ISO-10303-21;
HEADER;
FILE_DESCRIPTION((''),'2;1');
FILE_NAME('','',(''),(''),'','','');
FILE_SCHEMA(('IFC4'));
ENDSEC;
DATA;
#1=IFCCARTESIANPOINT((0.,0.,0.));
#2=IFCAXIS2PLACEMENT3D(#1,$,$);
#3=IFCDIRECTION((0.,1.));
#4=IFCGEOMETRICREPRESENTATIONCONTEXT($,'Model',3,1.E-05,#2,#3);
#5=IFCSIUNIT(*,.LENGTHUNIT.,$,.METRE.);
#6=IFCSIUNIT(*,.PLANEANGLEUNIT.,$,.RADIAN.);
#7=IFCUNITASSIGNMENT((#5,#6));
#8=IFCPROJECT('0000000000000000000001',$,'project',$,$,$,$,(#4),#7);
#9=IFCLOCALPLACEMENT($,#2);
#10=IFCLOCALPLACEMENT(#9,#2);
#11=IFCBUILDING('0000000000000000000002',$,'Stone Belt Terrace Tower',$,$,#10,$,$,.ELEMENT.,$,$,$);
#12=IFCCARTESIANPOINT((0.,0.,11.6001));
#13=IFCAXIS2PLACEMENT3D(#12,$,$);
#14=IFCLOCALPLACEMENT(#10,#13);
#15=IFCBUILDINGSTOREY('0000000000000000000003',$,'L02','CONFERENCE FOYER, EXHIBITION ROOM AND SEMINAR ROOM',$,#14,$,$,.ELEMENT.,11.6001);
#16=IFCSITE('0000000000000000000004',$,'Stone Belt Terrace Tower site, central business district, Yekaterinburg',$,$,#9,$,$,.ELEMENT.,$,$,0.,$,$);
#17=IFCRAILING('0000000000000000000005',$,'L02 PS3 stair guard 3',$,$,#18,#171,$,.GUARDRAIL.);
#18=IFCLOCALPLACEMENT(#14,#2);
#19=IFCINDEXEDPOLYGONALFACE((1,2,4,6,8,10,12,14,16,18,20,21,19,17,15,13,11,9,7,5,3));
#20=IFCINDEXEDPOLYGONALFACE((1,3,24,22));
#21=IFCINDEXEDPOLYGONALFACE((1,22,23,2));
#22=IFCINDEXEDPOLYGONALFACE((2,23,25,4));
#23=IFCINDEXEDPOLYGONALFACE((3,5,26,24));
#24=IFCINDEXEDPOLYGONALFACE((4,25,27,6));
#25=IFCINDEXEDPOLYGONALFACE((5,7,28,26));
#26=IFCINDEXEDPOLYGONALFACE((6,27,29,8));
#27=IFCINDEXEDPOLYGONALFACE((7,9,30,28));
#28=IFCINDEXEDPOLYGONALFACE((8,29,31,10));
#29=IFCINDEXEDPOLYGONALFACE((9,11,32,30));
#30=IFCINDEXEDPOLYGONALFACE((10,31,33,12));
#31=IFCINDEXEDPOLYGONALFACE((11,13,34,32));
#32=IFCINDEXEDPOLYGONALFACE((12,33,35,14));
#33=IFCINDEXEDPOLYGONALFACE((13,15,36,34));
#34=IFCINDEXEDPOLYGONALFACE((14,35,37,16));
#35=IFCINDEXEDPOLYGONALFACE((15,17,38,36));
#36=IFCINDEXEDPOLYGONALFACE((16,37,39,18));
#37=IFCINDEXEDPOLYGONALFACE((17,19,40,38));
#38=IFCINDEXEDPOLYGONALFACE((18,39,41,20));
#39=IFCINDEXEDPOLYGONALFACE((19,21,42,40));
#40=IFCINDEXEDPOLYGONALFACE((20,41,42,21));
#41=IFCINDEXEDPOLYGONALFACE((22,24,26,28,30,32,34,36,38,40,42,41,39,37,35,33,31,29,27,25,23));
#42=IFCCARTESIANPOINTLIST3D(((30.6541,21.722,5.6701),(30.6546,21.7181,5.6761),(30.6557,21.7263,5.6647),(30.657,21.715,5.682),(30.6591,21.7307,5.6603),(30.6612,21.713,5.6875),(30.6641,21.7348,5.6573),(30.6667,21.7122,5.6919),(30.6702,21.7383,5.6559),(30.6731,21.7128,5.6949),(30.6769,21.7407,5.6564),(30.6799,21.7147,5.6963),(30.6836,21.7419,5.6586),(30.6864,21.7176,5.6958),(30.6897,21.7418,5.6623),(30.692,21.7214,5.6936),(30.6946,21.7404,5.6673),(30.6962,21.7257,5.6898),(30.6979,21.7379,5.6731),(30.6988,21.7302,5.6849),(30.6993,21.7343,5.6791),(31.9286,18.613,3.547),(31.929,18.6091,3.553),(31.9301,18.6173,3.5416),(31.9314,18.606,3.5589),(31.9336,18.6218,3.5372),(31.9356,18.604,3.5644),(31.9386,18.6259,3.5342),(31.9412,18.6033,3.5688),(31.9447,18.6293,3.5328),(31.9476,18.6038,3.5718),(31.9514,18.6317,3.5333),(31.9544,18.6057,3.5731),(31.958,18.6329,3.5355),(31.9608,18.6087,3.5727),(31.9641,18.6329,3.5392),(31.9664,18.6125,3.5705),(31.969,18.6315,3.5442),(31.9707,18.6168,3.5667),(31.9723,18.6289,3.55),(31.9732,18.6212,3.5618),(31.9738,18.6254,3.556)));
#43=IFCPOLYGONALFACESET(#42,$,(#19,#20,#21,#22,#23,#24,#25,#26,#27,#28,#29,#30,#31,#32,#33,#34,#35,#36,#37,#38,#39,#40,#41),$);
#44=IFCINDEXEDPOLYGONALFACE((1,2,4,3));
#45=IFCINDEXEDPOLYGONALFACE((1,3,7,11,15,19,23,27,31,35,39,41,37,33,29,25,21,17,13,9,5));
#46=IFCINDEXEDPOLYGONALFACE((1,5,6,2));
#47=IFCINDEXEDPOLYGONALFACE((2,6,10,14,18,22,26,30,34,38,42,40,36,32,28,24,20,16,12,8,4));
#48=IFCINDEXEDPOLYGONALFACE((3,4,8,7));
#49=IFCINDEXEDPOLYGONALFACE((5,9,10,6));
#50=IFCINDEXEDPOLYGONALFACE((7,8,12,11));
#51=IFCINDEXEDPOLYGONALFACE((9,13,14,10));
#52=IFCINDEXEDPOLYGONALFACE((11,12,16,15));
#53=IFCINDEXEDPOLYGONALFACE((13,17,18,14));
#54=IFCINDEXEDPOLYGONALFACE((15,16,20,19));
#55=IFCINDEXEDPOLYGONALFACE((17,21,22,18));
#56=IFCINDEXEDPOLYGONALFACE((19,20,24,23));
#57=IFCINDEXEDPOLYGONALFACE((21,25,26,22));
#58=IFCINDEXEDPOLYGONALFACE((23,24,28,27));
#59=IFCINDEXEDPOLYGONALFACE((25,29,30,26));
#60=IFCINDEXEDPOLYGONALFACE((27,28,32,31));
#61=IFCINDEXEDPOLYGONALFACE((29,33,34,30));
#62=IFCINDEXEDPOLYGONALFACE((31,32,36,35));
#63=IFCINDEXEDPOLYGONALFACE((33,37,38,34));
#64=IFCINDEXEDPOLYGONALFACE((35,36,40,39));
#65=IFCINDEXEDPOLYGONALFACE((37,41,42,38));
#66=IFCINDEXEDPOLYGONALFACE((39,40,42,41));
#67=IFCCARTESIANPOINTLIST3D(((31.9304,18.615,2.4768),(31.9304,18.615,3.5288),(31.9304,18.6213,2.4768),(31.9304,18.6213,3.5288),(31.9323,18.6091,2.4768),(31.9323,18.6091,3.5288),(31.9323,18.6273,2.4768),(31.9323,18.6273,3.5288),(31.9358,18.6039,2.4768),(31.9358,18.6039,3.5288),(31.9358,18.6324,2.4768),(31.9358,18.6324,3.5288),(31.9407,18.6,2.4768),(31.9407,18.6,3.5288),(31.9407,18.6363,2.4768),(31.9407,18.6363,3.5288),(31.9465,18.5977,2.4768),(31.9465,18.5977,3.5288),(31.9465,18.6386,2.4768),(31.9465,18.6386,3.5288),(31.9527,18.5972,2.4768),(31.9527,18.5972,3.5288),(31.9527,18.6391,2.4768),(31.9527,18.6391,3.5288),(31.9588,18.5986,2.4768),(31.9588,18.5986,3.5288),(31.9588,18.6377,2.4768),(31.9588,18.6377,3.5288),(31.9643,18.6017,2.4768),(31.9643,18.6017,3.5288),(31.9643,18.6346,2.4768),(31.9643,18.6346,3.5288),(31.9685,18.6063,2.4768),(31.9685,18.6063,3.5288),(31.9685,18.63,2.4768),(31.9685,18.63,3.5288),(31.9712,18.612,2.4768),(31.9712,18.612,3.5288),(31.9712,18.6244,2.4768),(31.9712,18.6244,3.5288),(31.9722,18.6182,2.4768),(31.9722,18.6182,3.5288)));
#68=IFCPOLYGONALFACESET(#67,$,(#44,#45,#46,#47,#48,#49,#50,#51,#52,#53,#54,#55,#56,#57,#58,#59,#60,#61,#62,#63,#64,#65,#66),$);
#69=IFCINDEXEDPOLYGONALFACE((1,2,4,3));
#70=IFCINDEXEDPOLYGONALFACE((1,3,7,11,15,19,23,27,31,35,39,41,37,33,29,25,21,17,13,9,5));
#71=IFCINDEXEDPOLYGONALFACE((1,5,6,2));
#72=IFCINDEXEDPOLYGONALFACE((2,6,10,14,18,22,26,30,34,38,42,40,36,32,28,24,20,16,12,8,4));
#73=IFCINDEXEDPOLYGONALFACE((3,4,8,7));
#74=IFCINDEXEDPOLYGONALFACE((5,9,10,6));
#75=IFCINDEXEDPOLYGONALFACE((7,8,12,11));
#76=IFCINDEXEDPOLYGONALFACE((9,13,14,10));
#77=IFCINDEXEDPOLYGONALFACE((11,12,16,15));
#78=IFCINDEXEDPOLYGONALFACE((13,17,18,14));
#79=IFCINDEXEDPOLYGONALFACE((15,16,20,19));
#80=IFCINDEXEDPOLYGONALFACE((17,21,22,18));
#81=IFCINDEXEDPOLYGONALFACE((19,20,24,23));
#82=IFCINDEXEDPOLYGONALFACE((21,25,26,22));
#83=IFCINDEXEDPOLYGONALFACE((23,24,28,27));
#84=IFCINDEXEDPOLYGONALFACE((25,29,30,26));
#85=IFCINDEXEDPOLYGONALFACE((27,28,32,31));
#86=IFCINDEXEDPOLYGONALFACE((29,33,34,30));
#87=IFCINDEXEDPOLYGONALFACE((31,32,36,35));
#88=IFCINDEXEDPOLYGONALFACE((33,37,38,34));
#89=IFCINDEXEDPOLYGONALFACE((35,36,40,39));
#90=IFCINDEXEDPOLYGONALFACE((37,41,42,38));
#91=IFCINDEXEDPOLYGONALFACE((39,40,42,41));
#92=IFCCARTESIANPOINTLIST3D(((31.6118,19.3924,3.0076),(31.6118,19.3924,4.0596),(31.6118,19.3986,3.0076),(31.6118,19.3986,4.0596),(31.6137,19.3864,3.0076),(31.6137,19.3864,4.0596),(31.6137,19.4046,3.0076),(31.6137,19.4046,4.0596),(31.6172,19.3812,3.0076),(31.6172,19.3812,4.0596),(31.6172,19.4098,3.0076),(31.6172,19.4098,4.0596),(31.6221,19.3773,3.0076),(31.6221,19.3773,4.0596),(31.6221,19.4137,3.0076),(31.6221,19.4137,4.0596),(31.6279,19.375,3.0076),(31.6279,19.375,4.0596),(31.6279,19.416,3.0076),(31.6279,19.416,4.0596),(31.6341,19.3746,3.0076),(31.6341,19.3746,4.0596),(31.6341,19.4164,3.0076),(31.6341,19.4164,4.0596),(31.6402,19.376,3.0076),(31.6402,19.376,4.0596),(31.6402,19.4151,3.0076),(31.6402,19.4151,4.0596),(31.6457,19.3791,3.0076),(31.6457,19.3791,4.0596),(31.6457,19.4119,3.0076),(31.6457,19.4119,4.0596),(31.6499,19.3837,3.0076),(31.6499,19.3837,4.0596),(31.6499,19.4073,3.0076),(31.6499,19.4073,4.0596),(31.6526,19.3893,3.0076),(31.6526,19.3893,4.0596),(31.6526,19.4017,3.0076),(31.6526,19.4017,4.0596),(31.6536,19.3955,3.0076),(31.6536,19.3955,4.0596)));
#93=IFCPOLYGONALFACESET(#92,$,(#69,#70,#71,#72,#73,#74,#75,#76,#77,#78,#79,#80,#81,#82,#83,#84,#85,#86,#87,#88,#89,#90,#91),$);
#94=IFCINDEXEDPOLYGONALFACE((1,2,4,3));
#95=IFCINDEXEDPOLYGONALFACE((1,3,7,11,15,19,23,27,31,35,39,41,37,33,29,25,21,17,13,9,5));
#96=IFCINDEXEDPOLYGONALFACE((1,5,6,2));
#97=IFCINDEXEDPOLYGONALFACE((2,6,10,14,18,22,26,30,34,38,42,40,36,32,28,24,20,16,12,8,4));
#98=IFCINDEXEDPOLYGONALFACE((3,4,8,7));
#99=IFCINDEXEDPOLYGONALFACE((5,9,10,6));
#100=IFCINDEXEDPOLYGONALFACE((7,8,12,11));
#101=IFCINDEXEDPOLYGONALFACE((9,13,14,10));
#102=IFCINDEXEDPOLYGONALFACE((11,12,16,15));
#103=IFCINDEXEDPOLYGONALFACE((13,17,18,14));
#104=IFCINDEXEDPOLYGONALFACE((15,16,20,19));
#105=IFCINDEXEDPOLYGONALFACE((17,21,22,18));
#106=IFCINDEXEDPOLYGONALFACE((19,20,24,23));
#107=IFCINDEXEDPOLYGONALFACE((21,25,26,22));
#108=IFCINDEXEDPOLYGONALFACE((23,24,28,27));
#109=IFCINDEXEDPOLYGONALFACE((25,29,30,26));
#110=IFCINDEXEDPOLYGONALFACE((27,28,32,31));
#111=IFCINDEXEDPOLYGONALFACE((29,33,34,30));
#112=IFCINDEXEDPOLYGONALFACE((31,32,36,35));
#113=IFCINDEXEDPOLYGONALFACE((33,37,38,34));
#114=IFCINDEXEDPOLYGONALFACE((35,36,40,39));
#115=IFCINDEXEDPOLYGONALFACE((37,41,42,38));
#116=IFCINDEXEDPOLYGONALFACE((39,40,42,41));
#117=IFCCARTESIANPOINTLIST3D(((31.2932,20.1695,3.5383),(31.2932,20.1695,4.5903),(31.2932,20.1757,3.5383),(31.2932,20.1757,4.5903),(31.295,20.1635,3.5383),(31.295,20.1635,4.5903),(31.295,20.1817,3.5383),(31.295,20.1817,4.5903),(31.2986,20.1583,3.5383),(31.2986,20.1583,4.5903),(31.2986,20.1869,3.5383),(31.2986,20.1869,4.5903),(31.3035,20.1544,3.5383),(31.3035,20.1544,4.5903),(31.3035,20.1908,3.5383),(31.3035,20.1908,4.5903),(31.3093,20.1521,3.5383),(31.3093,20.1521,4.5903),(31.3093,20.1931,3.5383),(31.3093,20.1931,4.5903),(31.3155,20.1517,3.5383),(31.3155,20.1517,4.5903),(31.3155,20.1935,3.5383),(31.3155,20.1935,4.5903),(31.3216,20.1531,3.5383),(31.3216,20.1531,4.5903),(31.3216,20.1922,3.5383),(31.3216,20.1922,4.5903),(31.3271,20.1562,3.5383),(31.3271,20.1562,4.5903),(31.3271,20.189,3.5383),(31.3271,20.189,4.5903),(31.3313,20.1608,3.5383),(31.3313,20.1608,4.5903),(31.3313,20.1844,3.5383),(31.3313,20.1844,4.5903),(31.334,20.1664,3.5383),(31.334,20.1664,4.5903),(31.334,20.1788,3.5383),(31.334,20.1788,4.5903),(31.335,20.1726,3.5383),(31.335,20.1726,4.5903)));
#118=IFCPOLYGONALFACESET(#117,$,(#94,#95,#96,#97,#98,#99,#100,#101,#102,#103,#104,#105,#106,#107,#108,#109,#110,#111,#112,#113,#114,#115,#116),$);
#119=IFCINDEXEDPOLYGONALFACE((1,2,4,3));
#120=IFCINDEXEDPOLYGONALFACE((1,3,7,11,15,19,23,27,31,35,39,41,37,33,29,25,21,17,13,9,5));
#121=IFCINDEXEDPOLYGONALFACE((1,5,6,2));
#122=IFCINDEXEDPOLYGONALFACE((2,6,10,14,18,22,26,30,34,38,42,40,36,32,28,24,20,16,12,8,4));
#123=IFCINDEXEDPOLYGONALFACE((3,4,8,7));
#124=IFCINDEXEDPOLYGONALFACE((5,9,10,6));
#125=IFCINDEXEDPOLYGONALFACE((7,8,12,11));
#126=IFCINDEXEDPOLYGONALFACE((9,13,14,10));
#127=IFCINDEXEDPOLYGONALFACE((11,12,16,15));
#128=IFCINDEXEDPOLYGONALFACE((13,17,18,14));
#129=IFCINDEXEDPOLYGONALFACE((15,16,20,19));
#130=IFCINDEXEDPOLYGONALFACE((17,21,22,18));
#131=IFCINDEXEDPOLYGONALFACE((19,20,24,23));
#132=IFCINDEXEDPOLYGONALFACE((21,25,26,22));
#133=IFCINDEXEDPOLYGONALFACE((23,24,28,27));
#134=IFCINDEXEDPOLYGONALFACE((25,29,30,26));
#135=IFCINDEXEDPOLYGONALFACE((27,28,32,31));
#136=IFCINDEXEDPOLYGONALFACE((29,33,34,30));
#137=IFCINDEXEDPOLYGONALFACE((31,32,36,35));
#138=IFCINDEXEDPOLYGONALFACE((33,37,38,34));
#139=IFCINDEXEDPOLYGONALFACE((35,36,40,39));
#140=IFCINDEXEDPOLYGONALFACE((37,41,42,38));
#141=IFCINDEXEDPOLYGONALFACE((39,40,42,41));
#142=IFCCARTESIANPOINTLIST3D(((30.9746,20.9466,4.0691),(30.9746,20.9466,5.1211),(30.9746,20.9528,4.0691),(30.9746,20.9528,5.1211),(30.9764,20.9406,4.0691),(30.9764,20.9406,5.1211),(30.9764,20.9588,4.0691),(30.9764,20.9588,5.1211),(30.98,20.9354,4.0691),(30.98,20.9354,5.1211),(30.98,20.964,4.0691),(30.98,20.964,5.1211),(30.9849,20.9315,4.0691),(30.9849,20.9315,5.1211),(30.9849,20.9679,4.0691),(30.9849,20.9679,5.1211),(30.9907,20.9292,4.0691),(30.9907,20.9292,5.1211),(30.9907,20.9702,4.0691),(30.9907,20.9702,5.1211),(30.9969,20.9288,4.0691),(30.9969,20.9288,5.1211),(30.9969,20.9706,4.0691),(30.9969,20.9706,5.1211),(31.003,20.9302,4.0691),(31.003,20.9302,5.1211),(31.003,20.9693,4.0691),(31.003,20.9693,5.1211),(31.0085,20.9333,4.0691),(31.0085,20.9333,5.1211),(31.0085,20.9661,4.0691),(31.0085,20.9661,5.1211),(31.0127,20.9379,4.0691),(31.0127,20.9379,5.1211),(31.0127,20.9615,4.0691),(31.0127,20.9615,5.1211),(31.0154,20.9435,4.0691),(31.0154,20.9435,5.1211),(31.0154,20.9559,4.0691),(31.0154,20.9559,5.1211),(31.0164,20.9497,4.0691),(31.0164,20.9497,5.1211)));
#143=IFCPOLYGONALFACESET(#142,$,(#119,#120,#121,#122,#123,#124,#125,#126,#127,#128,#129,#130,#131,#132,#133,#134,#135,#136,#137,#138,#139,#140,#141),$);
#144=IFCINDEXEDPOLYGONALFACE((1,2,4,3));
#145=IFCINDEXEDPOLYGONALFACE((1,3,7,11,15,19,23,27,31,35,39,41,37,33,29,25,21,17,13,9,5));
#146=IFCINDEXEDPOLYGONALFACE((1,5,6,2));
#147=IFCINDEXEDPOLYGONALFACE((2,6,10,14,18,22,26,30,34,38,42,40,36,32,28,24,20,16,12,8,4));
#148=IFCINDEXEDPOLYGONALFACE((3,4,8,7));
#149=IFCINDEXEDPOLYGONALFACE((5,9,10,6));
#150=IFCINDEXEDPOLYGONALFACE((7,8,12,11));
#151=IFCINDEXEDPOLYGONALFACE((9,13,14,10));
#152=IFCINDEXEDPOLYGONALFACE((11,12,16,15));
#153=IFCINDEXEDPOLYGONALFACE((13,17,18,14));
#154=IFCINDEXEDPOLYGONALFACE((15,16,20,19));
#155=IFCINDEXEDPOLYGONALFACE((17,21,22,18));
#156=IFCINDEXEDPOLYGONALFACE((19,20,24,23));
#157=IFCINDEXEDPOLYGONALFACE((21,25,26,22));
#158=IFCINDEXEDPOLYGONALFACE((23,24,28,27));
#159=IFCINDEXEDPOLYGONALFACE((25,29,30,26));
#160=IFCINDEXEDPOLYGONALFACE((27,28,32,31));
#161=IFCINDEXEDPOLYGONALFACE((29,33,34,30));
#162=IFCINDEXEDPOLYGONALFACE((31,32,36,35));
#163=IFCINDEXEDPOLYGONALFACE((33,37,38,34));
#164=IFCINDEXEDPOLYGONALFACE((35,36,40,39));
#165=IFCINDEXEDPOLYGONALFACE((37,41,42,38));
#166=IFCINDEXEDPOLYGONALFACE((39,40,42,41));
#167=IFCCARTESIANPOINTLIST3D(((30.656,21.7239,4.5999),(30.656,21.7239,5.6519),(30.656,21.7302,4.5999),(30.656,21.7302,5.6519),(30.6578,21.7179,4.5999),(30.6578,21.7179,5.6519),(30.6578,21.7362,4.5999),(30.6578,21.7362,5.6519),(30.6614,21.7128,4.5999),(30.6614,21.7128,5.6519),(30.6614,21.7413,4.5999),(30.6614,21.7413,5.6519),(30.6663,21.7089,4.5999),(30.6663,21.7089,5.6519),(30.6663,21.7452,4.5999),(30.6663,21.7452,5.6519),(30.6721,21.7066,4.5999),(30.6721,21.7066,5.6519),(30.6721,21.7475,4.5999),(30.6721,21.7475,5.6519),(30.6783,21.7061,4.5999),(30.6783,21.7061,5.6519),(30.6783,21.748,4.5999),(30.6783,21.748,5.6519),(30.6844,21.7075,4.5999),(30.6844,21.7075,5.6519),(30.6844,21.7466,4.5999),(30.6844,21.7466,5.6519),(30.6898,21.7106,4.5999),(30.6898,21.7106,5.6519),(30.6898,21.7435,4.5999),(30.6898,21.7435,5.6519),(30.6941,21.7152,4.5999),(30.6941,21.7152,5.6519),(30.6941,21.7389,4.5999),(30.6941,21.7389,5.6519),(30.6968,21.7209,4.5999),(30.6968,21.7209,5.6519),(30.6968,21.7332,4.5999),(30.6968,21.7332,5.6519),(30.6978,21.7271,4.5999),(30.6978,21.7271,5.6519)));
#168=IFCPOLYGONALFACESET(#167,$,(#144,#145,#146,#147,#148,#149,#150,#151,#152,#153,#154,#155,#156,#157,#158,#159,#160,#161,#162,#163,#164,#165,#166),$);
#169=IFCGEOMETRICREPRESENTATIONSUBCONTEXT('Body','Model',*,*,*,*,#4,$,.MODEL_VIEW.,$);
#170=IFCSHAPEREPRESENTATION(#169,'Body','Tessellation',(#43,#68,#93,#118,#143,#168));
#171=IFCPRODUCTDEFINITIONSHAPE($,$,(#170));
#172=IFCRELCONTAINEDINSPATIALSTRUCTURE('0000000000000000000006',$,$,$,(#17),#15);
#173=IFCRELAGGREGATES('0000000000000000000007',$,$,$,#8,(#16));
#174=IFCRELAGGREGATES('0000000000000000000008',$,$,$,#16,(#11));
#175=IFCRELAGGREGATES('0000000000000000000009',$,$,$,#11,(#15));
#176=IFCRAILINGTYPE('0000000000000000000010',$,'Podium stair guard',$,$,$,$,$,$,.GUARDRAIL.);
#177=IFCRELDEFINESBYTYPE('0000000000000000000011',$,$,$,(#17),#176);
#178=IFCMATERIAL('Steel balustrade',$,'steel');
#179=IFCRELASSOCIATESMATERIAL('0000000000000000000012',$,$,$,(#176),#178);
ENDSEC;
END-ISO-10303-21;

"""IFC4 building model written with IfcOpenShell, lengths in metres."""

from ifc_helpers import new_model, si_unit, direction, frame, origin, origin_2d, place, context, subcontext, project, spatial, circle, extrude, material, type_object, element, save


model = new_model("IFC4")

# Units and contexts
model_context = context("Model", 3, precision=1e-05, world=origin(), true_north=direction((0.0, 1.0)))
body_context = subcontext(model_context, "Body", "Model", "MODEL_VIEW")
ifc_project = project(units=[si_unit("LENGTHUNIT", "METRE"), si_unit("PLANEANGLEUNIT", "RADIAN")], contexts=[model_context])

# Site, building, storey
site_placement = place(None, origin())
site = spatial("IfcSite", under=ifc_project, at=site_placement, Name="Stone Belt Terrace Tower site, central business district, Yekaterinburg", CompositionType="ELEMENT", RefElevation=0.0)
building_placement = place(site_placement, origin())
building = spatial("IfcBuilding", under=site, at=building_placement, Name="Stone Belt Terrace Tower", CompositionType="ELEMENT")
storey_placement = place(building_placement, frame((0.0, 0.0, 11.6001)))
storey = spatial("IfcBuildingStorey", under=building, at=storey_placement, Name="L02", Description="CONFERENCE FOYER, EXHIBITION ROOM AND SEMINAR ROOM", CompositionType="ELEMENT", Elevation=11.6001)

# Railing
ifc_material_1 = material(Name="Steel balustrade", Category="steel")
railing_type = type_object("IfcRailingType", Name="Podium stair guard", PredefinedType="GUARDRAIL", material=ifc_material_1)
railing_1_placement = place(storey_placement, frame((31.9512, 18.6182, 2.4768)))
element("IfcRailing", 1, at=railing_1_placement, inside=storey, type_object=railing_type, Name="L02 PS3 stair guard 3", PredefinedType="GUARDRAIL", context=body_context, shape_type="SweptSolid", body=[
    extrude(circle(Radius=0.0239, at=origin_2d()), frame((0.0, 0.0, 1.0762), z_axis=(-0.320648, 0.782209, 0.534167), x_axis=(-0.925276, -0.379295, 0.0)), (0.0, 0.0, 1.0), 3.9746),
    extrude(circle(Radius=0.021, at=origin_2d()), origin(), (0.0, 0.0, 1.0), 1.052),
    extrude(circle(Radius=0.021, at=origin_2d()), frame((-0.3186, 0.7773, 0.5308)), (0.0, 0.0, 1.0), 1.052),
    extrude(circle(Radius=0.021, at=origin_2d()), frame((-0.6372, 1.5544, 1.0615)), (0.0, 0.0, 1.0), 1.052),
    extrude(circle(Radius=0.021, at=origin_2d()), frame((-0.9558, 2.3315, 1.5923)), (0.0, 0.0, 1.0), 1.052),
    extrude(circle(Radius=0.021, at=origin_2d()), frame((-1.2744, 3.1089, 2.123)), (0.0, 0.0, 1.0), 1.052),
])

save(model, "model.ifc")
